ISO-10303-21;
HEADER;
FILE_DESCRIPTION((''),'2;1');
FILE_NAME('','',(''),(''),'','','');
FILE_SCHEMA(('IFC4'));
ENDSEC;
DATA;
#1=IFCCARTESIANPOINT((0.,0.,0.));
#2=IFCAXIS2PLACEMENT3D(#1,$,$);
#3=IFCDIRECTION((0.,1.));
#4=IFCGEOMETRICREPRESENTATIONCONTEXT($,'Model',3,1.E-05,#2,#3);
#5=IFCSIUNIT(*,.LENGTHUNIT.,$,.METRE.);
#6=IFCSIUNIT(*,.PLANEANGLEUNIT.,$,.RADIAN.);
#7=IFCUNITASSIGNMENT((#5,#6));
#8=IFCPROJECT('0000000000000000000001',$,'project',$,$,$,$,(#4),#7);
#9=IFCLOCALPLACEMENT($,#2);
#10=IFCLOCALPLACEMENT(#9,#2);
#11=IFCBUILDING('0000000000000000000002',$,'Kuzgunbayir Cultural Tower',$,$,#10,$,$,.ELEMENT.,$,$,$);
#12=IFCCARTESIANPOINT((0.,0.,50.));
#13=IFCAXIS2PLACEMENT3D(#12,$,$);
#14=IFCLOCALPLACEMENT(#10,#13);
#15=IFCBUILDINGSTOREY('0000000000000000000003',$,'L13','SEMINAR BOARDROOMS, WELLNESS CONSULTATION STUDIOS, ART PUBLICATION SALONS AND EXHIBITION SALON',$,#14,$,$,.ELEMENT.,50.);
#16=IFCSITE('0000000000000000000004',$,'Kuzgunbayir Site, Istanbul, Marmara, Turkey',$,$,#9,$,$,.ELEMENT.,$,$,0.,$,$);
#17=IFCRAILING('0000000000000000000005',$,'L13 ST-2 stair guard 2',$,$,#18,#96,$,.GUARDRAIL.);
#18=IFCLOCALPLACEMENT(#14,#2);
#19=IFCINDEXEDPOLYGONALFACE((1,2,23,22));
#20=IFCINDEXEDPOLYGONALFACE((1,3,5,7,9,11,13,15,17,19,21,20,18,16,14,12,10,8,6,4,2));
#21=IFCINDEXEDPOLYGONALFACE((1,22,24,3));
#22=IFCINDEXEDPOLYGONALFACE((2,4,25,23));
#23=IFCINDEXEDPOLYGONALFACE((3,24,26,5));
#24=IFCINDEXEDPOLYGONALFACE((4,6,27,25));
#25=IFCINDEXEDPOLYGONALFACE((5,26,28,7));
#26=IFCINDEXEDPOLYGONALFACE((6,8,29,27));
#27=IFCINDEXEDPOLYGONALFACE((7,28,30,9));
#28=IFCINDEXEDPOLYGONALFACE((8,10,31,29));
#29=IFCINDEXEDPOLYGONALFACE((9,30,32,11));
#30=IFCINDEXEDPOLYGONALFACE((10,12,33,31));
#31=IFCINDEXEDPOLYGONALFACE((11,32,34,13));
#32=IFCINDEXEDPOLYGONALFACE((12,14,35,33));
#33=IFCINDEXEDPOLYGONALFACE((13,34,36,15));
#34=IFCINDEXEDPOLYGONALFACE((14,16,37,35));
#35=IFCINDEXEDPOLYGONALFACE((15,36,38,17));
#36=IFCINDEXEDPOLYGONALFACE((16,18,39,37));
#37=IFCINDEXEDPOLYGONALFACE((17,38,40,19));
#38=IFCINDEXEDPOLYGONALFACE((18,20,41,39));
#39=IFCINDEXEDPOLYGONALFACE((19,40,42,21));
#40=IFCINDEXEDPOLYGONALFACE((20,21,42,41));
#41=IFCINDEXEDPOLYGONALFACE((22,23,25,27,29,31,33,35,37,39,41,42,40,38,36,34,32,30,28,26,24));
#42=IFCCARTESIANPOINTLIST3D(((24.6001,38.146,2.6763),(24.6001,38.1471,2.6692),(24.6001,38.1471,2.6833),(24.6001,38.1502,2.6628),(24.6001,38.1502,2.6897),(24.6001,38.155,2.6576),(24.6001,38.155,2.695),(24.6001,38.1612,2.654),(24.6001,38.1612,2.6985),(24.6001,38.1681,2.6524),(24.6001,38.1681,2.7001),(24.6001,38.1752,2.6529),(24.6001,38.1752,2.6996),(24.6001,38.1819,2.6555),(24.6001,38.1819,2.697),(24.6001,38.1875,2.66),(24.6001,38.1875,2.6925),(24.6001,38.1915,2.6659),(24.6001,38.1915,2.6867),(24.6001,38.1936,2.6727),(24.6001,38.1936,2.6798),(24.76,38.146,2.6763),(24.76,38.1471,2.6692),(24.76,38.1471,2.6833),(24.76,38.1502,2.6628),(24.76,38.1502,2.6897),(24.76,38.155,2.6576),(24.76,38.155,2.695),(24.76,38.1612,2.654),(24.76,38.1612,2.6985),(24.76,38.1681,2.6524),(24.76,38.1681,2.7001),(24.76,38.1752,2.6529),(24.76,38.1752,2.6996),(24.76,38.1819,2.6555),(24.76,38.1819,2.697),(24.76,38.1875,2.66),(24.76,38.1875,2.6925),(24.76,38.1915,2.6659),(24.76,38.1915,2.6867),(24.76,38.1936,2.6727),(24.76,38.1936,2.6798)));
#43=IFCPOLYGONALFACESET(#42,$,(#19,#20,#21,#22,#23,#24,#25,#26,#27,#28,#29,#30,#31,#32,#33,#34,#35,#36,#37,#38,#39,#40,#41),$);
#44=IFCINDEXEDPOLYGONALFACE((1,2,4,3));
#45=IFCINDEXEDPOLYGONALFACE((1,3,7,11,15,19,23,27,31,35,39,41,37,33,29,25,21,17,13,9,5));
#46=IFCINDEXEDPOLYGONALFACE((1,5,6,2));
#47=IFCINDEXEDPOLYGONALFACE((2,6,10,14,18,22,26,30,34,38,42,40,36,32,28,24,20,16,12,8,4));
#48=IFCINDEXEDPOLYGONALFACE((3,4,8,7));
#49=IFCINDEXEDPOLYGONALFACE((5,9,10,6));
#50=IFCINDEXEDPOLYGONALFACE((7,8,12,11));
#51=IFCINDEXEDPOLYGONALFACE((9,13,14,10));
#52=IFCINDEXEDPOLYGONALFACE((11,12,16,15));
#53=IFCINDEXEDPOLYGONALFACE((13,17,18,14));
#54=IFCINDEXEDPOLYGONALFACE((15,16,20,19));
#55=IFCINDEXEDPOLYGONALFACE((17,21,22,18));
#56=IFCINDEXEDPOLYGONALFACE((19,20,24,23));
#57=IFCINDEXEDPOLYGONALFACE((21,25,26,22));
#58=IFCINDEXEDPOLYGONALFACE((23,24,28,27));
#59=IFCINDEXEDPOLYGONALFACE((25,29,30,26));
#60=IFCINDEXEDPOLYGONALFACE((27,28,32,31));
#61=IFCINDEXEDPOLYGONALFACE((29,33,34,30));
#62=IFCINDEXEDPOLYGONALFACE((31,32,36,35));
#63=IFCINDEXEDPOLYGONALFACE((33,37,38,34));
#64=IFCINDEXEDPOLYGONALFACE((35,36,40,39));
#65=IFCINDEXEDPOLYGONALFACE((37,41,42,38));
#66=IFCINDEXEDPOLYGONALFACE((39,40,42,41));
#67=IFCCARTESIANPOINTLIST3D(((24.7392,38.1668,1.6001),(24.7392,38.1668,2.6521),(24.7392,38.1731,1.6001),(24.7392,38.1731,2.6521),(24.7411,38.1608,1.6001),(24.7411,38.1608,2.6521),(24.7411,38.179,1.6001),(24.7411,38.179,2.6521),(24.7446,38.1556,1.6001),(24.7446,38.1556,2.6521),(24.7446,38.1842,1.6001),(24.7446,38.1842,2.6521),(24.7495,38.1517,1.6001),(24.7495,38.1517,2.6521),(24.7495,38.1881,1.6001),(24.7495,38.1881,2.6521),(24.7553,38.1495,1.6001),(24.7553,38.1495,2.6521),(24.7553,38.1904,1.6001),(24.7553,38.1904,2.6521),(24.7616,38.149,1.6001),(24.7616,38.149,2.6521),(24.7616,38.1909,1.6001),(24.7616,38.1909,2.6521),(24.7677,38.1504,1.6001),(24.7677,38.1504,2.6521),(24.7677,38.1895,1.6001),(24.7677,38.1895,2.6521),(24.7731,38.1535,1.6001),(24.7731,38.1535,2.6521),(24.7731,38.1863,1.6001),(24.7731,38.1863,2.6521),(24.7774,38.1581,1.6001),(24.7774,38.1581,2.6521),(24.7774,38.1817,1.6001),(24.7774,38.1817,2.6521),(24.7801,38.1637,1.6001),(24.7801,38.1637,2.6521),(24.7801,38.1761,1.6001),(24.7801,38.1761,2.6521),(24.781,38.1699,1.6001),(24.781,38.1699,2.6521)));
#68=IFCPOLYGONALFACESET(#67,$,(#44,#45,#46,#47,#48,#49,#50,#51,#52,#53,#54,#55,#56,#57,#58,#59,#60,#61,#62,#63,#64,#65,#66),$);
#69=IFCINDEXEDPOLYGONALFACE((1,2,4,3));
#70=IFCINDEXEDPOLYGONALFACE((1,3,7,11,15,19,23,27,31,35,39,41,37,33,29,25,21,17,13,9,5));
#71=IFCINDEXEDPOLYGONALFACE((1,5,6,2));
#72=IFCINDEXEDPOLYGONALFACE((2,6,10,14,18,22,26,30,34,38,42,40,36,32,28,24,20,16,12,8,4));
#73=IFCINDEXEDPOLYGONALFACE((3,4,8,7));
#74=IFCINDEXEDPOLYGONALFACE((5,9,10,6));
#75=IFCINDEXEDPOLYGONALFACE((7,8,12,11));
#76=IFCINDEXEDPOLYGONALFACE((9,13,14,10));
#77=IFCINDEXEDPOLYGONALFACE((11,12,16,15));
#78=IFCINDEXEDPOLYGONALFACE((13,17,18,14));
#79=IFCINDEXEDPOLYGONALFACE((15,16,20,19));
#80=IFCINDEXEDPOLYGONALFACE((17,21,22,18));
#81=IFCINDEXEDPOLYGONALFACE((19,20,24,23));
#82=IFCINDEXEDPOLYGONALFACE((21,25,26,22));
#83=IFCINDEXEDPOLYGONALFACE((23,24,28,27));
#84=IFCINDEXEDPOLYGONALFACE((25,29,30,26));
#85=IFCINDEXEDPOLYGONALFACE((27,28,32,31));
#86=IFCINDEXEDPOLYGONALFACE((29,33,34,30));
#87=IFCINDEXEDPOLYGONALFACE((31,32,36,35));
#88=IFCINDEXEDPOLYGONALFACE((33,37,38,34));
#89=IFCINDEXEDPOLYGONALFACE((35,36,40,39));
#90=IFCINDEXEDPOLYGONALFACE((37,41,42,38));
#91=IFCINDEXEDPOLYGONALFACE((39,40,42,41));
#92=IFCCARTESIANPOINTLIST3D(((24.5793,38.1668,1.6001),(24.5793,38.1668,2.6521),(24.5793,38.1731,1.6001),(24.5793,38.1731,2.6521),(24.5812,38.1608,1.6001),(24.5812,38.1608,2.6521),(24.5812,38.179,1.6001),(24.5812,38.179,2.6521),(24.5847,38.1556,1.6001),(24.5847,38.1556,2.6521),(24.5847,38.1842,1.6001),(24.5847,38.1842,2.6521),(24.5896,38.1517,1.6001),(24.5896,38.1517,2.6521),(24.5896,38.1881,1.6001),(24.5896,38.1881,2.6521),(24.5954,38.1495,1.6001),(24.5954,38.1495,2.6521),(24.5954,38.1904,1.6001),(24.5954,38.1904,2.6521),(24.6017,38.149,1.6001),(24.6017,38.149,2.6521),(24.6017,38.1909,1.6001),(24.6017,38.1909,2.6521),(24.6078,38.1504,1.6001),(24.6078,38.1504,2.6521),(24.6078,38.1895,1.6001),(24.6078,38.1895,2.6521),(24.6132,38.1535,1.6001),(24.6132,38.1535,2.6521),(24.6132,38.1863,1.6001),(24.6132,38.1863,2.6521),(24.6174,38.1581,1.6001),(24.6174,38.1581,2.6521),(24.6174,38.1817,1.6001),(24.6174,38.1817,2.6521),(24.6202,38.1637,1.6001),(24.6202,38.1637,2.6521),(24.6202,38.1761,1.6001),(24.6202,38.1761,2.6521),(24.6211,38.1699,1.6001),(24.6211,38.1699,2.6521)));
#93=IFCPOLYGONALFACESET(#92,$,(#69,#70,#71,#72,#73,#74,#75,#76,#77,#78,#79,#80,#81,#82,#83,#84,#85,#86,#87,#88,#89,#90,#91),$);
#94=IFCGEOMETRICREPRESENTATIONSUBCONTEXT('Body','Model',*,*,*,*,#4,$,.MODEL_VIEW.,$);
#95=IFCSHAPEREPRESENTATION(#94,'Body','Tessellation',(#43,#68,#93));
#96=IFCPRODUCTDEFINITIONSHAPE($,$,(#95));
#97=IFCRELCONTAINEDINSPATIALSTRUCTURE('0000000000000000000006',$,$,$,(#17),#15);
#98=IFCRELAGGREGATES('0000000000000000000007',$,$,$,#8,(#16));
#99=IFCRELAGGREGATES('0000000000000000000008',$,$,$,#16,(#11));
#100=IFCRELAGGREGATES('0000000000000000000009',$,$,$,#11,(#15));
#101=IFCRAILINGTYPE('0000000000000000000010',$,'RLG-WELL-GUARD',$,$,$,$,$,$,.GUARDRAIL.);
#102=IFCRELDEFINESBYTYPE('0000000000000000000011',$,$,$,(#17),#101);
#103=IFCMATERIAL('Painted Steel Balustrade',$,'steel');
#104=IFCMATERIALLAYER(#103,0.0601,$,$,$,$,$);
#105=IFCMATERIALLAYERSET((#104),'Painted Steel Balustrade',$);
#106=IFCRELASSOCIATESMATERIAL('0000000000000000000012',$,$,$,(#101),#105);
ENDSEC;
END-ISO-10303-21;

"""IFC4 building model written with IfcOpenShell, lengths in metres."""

from ifc_helpers import new_model, si_unit, direction, frame, origin, origin_2d, place, context, subcontext, project, spatial, circle, extrude, material, layer, layer_set, type_object, element, save


model = new_model("IFC4")

# Units and contexts
model_context = context("Model", 3, precision=1e-05, world=origin(), true_north=direction((0.0, 1.0)))
body_context = subcontext(model_context, "Body", "Model", "MODEL_VIEW")
ifc_project = project(units=[si_unit("LENGTHUNIT", "METRE"), si_unit("PLANEANGLEUNIT", "RADIAN")], contexts=[model_context])

# Site, building, storey
site_placement = place(None, origin())
site = spatial("IfcSite", under=ifc_project, at=site_placement, Name="Kuzgunbayir Site, Istanbul, Marmara, Turkey", CompositionType="ELEMENT", RefElevation=0.0)
building_placement = place(site_placement, origin())
building = spatial("IfcBuilding", under=site, at=building_placement, Name="Kuzgunbayir Cultural Tower", CompositionType="ELEMENT")
storey_placement = place(building_placement, frame((0.0, 0.0, 50.0)))
storey = spatial("IfcBuildingStorey", under=building, at=storey_placement, Name="L13", Description="SEMINAR BOARDROOMS, WELLNESS CONSULTATION STUDIOS, ART PUBLICATION SALONS AND EXHIBITION SALON", CompositionType="ELEMENT", Elevation=50.0)

# Railing
ifc_material_1 = material(Name="Painted Steel Balustrade", Category="steel")
ifc_layer_1 = layer(ifc_material_1, 0.0601)
ifc_layer_set_1 = layer_set([ifc_layer_1], Name="Painted Steel Balustrade")
railing_type_1 = type_object("IfcRailingType", Name="RLG-WELL-GUARD", PredefinedType="GUARDRAIL", material=ifc_layer_set_1)
railing_1_placement = place(storey_placement, frame((24.76, 38.1699, 1.6001)))
element("IfcRailing", 1, at=railing_1_placement, inside=storey, type_object=railing_type_1, Name="L13 ST-2 stair guard 2", PredefinedType="GUARDRAIL", context=body_context, shape_type="SweptSolid", body=[
    extrude(circle(Radius=0.0239, at=origin_2d()), frame((0.0, 0.0, 1.0762), z_axis=(-1.0, 0.0, 0.0), x_axis=(0.0, -1.0, 0.0)), (0.0, 0.0, 1.0), 0.1599),
    extrude(circle(Radius=0.021, at=origin_2d()), origin(), (0.0, 0.0, 1.0), 1.052),
    extrude(circle(Radius=0.021, at=origin_2d()), frame((-0.1599, 0.0, 0.0)), (0.0, 0.0, 1.0), 1.052),
])

save(model, "model.ifc")
